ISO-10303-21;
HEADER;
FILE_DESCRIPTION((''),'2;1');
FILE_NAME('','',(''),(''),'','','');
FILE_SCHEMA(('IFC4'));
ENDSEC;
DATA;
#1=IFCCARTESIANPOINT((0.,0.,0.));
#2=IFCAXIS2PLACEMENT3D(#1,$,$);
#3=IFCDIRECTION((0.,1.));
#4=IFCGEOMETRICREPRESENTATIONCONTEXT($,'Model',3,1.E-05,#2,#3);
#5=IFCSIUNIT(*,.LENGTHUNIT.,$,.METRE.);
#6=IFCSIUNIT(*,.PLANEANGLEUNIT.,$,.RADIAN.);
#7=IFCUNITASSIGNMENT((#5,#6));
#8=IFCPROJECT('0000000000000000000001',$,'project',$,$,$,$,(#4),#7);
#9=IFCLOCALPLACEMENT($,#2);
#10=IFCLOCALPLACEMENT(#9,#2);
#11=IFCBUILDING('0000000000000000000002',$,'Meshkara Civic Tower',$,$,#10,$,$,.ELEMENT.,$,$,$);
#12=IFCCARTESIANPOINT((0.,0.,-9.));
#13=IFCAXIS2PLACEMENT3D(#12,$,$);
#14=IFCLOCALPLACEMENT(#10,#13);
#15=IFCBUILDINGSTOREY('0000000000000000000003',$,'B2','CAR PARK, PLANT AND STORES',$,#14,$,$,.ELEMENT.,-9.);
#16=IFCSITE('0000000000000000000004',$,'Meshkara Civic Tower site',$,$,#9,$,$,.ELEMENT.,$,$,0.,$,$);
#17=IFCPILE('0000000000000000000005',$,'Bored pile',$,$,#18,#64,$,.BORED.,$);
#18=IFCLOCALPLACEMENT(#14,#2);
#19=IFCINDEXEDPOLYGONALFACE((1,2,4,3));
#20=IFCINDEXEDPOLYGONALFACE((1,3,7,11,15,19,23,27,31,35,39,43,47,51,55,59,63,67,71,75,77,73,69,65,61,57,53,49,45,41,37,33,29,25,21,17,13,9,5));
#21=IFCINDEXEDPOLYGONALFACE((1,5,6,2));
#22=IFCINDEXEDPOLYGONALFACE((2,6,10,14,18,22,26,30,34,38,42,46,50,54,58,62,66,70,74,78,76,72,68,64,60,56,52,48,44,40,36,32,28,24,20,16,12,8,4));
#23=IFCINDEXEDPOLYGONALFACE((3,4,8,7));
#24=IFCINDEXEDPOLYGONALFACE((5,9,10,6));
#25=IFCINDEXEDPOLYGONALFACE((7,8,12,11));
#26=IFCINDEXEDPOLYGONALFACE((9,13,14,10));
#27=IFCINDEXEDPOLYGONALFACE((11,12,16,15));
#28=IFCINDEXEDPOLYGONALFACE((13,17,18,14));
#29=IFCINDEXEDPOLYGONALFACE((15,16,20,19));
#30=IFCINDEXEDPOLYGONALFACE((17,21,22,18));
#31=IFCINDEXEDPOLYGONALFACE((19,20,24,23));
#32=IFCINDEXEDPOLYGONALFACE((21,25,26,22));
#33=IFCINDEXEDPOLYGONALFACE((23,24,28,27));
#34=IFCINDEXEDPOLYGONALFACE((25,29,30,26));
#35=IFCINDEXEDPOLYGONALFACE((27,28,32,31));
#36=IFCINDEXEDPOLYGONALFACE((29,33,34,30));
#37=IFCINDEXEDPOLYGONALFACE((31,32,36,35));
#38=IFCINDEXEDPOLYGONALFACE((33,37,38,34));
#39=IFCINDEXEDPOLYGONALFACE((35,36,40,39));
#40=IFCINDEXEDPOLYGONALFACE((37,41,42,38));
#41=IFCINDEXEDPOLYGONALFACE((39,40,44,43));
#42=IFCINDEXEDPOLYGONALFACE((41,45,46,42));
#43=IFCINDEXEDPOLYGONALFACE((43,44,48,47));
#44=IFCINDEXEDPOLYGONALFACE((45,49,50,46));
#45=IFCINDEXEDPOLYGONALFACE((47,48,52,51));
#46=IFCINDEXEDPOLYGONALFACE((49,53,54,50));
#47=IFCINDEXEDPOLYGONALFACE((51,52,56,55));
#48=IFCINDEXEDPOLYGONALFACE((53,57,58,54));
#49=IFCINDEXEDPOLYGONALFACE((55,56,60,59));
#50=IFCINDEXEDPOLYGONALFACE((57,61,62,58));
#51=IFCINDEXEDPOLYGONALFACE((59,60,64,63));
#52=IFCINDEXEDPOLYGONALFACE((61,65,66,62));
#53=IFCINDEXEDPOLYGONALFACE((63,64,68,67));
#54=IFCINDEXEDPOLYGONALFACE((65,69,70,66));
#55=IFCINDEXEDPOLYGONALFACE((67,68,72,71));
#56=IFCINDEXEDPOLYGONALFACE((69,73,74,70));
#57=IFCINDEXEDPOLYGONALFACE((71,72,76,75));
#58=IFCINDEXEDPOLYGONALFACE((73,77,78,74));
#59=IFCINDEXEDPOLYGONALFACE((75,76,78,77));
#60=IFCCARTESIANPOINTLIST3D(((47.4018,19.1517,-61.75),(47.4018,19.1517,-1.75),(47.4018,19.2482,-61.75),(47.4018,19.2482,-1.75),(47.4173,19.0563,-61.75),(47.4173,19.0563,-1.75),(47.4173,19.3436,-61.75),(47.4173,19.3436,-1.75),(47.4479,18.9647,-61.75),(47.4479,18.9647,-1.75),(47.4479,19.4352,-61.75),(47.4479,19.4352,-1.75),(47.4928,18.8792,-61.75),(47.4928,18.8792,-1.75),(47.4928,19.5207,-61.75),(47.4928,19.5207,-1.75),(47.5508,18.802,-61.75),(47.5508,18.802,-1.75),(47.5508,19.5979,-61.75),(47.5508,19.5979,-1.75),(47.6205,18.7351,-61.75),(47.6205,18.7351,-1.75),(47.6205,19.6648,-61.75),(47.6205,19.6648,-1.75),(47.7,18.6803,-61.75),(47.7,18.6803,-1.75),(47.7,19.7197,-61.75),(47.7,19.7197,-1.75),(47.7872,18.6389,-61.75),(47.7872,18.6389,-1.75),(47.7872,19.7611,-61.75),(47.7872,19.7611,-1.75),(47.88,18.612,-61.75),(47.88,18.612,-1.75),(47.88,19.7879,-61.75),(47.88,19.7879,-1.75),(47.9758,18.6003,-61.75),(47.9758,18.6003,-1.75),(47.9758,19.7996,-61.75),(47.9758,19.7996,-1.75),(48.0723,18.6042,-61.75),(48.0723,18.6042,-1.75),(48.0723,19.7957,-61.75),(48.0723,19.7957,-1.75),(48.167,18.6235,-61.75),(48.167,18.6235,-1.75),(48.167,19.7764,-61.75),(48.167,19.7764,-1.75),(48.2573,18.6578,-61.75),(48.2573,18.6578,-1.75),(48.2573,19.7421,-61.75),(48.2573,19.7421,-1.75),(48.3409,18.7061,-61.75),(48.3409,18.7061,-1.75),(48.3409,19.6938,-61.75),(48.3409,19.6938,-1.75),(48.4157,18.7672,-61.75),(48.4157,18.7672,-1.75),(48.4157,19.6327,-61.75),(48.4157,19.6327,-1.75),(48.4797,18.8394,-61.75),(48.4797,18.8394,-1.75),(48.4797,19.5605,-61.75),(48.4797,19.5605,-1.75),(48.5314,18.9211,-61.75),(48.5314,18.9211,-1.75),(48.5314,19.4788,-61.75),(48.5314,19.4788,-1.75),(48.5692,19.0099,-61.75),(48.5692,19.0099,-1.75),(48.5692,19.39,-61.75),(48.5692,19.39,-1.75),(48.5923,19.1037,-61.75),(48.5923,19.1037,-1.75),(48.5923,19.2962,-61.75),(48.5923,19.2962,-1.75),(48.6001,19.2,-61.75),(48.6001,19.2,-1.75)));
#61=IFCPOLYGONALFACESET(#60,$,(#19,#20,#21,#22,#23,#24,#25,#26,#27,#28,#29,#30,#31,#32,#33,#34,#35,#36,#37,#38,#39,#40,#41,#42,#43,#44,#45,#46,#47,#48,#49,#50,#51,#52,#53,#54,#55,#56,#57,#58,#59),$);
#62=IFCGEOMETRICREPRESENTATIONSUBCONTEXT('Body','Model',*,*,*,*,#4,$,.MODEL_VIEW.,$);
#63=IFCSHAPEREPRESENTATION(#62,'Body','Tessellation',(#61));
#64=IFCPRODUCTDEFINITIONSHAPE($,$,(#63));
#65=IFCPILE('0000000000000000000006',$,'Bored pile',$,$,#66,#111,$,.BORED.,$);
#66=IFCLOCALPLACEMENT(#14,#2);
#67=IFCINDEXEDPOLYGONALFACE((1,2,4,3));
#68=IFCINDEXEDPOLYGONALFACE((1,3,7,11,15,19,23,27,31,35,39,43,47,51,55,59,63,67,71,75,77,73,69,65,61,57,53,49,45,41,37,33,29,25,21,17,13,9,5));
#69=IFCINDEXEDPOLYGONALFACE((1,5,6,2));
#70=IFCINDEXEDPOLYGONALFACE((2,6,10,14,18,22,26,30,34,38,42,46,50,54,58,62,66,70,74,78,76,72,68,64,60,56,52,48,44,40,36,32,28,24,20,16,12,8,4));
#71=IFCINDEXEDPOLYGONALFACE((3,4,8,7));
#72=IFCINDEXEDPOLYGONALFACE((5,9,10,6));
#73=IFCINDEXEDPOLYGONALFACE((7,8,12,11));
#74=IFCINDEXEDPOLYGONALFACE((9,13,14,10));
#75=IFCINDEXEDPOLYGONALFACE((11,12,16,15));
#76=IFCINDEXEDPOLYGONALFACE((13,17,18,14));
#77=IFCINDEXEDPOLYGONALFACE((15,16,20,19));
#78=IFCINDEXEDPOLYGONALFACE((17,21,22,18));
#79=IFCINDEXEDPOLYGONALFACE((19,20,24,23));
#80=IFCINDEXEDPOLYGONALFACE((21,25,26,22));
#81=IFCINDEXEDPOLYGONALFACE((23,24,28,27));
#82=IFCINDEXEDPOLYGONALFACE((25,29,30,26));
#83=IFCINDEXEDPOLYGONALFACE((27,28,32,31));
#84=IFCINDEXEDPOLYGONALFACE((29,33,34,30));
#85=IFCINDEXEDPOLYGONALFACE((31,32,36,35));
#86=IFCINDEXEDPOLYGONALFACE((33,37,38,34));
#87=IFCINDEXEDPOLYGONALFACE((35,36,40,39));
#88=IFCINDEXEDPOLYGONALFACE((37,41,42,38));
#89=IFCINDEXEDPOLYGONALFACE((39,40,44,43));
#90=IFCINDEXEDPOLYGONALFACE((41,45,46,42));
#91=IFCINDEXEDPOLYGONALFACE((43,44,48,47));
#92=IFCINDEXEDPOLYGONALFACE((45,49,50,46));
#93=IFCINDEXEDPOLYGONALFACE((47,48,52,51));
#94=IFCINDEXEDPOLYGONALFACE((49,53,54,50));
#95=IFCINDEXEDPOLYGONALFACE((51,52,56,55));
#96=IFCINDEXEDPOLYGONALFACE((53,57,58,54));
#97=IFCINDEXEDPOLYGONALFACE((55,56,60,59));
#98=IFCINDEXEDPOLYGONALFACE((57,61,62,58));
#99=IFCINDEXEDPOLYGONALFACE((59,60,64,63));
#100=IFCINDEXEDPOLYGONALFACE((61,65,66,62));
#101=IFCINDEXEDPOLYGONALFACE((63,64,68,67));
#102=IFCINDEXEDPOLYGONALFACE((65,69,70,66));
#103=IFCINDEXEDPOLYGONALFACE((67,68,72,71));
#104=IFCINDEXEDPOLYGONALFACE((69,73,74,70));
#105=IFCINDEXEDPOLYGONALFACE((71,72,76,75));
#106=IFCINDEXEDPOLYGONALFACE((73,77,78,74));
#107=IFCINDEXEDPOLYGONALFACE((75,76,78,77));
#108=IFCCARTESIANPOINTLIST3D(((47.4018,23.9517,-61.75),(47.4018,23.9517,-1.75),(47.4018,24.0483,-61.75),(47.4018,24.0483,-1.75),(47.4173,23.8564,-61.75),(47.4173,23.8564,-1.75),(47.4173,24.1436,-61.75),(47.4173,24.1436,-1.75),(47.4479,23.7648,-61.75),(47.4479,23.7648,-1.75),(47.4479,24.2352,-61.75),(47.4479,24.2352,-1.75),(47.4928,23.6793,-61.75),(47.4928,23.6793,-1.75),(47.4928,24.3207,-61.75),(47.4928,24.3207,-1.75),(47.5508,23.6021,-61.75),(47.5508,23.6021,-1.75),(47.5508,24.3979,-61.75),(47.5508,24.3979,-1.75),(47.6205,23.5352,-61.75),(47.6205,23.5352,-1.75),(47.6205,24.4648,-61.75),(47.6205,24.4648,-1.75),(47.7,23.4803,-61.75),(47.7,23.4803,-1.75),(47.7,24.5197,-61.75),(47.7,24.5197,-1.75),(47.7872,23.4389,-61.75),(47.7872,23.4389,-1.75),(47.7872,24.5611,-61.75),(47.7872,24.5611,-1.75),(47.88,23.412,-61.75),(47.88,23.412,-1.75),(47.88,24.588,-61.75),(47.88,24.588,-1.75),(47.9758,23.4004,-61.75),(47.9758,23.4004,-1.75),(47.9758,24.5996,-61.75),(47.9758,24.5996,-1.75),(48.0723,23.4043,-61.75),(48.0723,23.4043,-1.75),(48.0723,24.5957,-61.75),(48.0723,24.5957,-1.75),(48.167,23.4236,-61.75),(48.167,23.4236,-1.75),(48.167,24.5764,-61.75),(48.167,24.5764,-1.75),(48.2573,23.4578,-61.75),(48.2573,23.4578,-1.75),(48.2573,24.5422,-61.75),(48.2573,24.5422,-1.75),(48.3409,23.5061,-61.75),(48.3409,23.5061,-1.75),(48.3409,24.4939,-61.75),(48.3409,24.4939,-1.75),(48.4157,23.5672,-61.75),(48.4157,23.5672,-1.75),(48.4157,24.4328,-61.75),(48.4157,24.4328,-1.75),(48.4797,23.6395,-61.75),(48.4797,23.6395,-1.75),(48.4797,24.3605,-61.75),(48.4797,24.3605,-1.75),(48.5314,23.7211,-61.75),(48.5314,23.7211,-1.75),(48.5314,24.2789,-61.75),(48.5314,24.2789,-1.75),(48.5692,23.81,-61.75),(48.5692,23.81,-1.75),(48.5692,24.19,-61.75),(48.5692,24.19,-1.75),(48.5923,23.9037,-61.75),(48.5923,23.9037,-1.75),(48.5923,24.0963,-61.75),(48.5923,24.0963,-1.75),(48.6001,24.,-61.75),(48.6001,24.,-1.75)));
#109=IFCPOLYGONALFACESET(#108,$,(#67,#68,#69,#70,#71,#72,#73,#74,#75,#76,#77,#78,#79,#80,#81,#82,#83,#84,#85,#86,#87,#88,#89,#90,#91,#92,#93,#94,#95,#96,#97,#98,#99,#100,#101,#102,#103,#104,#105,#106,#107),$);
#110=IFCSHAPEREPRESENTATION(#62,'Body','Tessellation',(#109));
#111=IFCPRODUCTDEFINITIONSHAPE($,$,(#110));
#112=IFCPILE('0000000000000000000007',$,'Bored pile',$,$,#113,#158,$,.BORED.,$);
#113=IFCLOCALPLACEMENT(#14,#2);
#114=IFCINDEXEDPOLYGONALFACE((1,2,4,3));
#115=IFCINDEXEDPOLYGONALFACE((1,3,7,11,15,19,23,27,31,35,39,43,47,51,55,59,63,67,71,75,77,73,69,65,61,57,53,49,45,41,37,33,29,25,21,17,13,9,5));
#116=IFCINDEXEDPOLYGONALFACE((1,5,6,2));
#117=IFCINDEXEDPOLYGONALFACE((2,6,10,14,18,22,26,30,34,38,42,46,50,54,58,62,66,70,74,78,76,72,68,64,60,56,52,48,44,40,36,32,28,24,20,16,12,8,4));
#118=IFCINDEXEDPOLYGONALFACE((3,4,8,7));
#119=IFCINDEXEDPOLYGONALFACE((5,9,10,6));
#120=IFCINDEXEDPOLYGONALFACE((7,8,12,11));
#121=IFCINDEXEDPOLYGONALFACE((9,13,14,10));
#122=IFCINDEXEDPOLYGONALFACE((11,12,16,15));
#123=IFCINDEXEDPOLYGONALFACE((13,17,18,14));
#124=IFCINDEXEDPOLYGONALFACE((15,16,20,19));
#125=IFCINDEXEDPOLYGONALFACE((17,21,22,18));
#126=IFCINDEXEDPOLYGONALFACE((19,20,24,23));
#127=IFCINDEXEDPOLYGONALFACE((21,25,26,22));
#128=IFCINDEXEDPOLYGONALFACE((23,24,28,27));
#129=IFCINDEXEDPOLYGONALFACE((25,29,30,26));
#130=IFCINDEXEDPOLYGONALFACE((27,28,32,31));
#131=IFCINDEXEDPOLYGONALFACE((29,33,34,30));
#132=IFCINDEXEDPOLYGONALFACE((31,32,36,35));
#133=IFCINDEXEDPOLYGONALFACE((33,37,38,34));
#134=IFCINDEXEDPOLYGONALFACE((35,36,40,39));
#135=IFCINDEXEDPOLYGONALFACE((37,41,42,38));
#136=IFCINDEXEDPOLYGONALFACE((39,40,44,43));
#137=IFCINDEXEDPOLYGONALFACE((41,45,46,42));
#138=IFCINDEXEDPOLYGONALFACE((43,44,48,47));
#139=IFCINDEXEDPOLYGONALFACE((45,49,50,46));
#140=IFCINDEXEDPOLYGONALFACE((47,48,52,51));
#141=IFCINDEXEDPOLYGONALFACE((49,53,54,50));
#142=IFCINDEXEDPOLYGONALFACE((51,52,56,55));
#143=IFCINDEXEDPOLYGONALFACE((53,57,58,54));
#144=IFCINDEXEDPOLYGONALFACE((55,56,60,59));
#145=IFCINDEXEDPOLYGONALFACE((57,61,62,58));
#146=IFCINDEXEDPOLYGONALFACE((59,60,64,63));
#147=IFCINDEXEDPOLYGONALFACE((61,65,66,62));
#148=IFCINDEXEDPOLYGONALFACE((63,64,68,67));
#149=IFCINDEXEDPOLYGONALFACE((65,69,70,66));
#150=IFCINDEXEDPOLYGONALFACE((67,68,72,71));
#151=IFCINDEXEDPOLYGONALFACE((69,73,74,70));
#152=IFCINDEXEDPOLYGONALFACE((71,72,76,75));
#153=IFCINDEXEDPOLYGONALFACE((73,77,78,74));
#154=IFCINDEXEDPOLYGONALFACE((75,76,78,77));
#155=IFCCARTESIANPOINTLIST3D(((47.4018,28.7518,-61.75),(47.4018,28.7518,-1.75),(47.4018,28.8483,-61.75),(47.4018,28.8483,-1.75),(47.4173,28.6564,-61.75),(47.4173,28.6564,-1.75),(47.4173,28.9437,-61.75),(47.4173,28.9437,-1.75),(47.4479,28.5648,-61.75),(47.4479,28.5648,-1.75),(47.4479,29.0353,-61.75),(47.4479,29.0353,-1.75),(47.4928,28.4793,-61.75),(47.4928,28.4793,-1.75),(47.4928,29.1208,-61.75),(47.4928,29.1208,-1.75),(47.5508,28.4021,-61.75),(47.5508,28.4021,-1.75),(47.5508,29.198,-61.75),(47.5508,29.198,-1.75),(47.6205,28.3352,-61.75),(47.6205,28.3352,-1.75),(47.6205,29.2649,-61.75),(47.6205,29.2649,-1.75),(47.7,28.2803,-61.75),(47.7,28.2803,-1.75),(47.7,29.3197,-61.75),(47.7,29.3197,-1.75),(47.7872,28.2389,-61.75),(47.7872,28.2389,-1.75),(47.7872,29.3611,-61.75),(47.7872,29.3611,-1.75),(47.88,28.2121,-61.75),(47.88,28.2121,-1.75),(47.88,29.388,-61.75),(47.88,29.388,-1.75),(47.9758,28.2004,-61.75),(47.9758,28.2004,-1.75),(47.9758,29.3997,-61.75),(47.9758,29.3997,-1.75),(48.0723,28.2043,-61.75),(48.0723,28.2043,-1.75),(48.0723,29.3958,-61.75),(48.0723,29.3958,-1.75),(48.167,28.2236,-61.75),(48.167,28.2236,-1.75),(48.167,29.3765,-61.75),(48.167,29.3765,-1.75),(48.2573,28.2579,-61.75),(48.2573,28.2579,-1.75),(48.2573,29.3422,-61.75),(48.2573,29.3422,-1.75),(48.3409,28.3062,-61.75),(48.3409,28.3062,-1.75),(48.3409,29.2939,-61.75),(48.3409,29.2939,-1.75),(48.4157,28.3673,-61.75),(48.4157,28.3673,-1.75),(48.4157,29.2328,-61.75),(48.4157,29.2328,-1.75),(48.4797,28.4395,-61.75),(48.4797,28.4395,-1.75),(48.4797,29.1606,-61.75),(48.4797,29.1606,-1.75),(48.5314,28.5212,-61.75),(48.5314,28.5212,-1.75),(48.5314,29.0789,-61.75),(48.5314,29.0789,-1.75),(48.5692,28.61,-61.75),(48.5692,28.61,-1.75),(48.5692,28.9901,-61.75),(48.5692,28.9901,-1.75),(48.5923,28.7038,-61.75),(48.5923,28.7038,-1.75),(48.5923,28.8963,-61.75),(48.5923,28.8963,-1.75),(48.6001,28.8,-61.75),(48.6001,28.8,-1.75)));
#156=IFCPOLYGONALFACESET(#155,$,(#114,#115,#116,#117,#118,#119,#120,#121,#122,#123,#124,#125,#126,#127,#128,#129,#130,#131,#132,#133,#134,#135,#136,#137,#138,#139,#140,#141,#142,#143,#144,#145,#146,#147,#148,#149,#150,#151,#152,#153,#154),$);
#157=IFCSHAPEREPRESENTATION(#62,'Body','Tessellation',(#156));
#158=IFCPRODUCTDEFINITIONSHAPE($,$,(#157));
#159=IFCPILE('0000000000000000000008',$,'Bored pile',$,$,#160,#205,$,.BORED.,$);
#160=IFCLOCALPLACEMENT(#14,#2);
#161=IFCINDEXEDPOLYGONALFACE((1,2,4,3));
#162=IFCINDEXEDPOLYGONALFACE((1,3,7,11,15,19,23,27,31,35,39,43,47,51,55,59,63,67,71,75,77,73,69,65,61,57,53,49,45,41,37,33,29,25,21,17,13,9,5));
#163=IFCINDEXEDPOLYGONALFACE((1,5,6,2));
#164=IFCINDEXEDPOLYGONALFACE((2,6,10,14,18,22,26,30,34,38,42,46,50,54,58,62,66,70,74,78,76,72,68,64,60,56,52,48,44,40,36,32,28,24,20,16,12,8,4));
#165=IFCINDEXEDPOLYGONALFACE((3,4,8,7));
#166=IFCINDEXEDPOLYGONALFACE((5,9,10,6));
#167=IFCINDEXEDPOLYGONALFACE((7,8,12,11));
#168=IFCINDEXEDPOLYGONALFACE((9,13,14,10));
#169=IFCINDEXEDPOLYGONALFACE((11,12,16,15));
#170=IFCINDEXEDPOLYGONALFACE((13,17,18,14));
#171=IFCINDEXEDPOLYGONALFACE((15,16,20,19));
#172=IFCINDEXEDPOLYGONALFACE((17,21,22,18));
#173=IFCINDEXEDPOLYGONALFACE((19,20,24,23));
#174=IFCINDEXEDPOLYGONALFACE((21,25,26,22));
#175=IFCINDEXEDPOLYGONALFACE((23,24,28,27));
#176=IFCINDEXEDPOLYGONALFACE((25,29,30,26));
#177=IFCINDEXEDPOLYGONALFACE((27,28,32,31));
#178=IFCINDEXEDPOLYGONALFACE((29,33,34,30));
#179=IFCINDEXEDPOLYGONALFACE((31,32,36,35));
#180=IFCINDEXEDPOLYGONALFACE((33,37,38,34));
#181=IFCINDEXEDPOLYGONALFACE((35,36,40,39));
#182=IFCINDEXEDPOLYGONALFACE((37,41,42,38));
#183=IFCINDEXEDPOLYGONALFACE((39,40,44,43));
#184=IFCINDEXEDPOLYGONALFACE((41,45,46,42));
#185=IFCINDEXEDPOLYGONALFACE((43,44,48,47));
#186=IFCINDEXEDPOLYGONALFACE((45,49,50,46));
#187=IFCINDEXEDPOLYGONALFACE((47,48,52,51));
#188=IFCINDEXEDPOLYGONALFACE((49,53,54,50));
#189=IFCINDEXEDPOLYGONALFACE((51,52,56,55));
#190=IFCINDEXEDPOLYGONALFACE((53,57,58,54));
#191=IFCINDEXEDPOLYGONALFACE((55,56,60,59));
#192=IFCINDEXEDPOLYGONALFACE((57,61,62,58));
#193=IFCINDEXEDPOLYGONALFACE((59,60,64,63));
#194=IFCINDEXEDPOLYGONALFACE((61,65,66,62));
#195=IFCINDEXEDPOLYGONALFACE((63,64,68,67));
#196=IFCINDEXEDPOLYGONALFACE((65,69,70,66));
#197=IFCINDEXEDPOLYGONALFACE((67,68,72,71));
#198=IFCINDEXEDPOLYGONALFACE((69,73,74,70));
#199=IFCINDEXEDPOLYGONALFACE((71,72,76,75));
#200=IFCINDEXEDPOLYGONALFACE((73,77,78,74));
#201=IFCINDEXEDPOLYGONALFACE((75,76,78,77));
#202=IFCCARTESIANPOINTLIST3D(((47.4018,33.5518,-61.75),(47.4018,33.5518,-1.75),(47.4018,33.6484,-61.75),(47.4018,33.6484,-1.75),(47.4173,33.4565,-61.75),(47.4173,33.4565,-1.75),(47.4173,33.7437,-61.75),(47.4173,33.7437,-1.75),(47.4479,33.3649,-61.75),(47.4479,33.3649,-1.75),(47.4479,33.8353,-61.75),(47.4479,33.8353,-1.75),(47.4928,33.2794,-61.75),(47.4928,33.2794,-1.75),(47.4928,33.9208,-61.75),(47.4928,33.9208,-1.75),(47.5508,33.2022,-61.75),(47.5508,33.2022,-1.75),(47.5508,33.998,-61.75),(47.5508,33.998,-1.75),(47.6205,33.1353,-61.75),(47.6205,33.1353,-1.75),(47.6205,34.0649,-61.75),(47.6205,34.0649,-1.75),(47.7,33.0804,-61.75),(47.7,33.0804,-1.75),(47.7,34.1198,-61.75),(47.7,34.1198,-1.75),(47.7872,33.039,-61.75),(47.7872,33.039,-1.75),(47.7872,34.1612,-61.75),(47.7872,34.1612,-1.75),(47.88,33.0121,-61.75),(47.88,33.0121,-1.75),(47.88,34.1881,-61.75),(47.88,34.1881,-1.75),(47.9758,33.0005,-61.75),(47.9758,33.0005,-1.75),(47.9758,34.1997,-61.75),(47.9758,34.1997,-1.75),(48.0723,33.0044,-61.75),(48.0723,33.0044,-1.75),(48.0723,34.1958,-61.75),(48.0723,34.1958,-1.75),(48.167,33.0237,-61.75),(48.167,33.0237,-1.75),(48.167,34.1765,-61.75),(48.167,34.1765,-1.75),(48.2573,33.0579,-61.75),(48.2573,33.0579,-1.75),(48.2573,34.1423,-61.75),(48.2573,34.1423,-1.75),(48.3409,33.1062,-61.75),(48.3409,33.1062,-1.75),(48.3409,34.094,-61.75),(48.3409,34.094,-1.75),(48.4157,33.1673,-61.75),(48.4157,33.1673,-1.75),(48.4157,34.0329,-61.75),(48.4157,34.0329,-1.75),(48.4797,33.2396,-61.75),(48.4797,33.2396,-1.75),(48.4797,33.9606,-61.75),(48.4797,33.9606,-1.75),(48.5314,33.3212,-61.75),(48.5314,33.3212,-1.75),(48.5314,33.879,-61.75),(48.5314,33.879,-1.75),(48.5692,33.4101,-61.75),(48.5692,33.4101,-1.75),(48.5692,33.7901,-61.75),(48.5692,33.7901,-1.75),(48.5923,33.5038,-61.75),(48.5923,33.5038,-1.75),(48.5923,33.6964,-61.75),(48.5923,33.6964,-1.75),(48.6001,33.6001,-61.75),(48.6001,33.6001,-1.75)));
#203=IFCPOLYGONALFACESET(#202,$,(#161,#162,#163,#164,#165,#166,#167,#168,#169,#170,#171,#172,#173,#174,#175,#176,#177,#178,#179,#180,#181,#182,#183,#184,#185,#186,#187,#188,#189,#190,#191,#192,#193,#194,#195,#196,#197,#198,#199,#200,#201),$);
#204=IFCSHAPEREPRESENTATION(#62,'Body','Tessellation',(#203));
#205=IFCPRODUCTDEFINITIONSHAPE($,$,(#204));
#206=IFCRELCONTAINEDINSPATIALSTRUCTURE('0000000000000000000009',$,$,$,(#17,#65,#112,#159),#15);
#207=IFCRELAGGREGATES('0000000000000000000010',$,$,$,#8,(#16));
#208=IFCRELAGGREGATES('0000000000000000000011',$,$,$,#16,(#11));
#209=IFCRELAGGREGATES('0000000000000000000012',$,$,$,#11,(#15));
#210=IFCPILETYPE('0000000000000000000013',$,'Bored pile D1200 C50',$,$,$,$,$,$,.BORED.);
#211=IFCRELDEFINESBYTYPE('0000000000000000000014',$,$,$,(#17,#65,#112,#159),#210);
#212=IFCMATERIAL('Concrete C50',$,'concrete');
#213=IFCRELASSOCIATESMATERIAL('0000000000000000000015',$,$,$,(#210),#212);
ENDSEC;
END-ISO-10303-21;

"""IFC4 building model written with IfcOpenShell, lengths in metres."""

from ifc_helpers import new_model, si_unit, direction, frame, origin, origin_2d, place, context, subcontext, project, spatial, circle, extrude, material, material_profile, profile_set, type_object, element, save


model = new_model("IFC4")

# Units and contexts
model_context = context("Model", 3, precision=1e-05, world=origin(), true_north=direction((0.0, 1.0)))
body_context = subcontext(model_context, "Body", "Model", "MODEL_VIEW")
ifc_project = project(units=[si_unit("LENGTHUNIT", "METRE"), si_unit("PLANEANGLEUNIT", "RADIAN")], contexts=[model_context])

# Site, building, storey
site_placement = place(None, origin())
site = spatial("IfcSite", under=ifc_project, at=site_placement, Name="Meshkara Civic Tower site", CompositionType="ELEMENT", RefElevation=0.0)
building_placement = place(site_placement, origin())
building = spatial("IfcBuilding", under=site, at=building_placement, Name="Meshkara Civic Tower", CompositionType="ELEMENT")
storey_placement = place(building_placement, frame((0.0, 0.0, -9.0)))
storey = spatial("IfcBuildingStorey", under=building, at=storey_placement, Name="B2", Description="CAR PARK, PLANT AND STORES", CompositionType="ELEMENT", Elevation=-9.0)

# Piles
ifc_material_1 = material(Name="Concrete C50", Category="concrete")
ifc_material_profile_1 = material_profile(ifc_material_1, circle(Radius=0.6001, at=origin_2d()))
ifc_profile_set_1 = profile_set([ifc_material_profile_1], Name="Concrete C50")
pile_type = type_object("IfcPileType", Name="Bored pile D1200 C50", PredefinedType="BORED", material=ifc_profile_set_1)
for number, where, z_axis, x_axis, name in (
    (1, (48.0, 19.2, -1.75), (0.0, 0.0, -1.0), (1.0, 0.0, 0.0), "Bored pile"),
    (2, (48.0, 24.0, -1.75), (0.0, 0.0, -1.0), (1.0, 0.0, 0.0), "Bored pile"),
    (3, (48.0, 28.8, -1.75), (0.0, 0.0, -1.0), (1.0, 0.0, 0.0), "Bored pile"),
    (4, (48.0, 33.6001, -1.75), (0.0, 0.0, -1.0), (1.0, 0.0, 0.0), "Bored pile"),
):
    element("IfcPile", number, at=place(storey_placement, frame(where, z_axis=z_axis, x_axis=x_axis)), inside=storey, type_object=pile_type, Name=name, PredefinedType="BORED", context=body_context, shape_type="SweptSolid", body=[
        extrude(circle(Radius=0.6001, at=origin_2d()), origin(), (0.0, 0.0, 1.0), 60.0),
    ])

save(model, "model.ifc")
